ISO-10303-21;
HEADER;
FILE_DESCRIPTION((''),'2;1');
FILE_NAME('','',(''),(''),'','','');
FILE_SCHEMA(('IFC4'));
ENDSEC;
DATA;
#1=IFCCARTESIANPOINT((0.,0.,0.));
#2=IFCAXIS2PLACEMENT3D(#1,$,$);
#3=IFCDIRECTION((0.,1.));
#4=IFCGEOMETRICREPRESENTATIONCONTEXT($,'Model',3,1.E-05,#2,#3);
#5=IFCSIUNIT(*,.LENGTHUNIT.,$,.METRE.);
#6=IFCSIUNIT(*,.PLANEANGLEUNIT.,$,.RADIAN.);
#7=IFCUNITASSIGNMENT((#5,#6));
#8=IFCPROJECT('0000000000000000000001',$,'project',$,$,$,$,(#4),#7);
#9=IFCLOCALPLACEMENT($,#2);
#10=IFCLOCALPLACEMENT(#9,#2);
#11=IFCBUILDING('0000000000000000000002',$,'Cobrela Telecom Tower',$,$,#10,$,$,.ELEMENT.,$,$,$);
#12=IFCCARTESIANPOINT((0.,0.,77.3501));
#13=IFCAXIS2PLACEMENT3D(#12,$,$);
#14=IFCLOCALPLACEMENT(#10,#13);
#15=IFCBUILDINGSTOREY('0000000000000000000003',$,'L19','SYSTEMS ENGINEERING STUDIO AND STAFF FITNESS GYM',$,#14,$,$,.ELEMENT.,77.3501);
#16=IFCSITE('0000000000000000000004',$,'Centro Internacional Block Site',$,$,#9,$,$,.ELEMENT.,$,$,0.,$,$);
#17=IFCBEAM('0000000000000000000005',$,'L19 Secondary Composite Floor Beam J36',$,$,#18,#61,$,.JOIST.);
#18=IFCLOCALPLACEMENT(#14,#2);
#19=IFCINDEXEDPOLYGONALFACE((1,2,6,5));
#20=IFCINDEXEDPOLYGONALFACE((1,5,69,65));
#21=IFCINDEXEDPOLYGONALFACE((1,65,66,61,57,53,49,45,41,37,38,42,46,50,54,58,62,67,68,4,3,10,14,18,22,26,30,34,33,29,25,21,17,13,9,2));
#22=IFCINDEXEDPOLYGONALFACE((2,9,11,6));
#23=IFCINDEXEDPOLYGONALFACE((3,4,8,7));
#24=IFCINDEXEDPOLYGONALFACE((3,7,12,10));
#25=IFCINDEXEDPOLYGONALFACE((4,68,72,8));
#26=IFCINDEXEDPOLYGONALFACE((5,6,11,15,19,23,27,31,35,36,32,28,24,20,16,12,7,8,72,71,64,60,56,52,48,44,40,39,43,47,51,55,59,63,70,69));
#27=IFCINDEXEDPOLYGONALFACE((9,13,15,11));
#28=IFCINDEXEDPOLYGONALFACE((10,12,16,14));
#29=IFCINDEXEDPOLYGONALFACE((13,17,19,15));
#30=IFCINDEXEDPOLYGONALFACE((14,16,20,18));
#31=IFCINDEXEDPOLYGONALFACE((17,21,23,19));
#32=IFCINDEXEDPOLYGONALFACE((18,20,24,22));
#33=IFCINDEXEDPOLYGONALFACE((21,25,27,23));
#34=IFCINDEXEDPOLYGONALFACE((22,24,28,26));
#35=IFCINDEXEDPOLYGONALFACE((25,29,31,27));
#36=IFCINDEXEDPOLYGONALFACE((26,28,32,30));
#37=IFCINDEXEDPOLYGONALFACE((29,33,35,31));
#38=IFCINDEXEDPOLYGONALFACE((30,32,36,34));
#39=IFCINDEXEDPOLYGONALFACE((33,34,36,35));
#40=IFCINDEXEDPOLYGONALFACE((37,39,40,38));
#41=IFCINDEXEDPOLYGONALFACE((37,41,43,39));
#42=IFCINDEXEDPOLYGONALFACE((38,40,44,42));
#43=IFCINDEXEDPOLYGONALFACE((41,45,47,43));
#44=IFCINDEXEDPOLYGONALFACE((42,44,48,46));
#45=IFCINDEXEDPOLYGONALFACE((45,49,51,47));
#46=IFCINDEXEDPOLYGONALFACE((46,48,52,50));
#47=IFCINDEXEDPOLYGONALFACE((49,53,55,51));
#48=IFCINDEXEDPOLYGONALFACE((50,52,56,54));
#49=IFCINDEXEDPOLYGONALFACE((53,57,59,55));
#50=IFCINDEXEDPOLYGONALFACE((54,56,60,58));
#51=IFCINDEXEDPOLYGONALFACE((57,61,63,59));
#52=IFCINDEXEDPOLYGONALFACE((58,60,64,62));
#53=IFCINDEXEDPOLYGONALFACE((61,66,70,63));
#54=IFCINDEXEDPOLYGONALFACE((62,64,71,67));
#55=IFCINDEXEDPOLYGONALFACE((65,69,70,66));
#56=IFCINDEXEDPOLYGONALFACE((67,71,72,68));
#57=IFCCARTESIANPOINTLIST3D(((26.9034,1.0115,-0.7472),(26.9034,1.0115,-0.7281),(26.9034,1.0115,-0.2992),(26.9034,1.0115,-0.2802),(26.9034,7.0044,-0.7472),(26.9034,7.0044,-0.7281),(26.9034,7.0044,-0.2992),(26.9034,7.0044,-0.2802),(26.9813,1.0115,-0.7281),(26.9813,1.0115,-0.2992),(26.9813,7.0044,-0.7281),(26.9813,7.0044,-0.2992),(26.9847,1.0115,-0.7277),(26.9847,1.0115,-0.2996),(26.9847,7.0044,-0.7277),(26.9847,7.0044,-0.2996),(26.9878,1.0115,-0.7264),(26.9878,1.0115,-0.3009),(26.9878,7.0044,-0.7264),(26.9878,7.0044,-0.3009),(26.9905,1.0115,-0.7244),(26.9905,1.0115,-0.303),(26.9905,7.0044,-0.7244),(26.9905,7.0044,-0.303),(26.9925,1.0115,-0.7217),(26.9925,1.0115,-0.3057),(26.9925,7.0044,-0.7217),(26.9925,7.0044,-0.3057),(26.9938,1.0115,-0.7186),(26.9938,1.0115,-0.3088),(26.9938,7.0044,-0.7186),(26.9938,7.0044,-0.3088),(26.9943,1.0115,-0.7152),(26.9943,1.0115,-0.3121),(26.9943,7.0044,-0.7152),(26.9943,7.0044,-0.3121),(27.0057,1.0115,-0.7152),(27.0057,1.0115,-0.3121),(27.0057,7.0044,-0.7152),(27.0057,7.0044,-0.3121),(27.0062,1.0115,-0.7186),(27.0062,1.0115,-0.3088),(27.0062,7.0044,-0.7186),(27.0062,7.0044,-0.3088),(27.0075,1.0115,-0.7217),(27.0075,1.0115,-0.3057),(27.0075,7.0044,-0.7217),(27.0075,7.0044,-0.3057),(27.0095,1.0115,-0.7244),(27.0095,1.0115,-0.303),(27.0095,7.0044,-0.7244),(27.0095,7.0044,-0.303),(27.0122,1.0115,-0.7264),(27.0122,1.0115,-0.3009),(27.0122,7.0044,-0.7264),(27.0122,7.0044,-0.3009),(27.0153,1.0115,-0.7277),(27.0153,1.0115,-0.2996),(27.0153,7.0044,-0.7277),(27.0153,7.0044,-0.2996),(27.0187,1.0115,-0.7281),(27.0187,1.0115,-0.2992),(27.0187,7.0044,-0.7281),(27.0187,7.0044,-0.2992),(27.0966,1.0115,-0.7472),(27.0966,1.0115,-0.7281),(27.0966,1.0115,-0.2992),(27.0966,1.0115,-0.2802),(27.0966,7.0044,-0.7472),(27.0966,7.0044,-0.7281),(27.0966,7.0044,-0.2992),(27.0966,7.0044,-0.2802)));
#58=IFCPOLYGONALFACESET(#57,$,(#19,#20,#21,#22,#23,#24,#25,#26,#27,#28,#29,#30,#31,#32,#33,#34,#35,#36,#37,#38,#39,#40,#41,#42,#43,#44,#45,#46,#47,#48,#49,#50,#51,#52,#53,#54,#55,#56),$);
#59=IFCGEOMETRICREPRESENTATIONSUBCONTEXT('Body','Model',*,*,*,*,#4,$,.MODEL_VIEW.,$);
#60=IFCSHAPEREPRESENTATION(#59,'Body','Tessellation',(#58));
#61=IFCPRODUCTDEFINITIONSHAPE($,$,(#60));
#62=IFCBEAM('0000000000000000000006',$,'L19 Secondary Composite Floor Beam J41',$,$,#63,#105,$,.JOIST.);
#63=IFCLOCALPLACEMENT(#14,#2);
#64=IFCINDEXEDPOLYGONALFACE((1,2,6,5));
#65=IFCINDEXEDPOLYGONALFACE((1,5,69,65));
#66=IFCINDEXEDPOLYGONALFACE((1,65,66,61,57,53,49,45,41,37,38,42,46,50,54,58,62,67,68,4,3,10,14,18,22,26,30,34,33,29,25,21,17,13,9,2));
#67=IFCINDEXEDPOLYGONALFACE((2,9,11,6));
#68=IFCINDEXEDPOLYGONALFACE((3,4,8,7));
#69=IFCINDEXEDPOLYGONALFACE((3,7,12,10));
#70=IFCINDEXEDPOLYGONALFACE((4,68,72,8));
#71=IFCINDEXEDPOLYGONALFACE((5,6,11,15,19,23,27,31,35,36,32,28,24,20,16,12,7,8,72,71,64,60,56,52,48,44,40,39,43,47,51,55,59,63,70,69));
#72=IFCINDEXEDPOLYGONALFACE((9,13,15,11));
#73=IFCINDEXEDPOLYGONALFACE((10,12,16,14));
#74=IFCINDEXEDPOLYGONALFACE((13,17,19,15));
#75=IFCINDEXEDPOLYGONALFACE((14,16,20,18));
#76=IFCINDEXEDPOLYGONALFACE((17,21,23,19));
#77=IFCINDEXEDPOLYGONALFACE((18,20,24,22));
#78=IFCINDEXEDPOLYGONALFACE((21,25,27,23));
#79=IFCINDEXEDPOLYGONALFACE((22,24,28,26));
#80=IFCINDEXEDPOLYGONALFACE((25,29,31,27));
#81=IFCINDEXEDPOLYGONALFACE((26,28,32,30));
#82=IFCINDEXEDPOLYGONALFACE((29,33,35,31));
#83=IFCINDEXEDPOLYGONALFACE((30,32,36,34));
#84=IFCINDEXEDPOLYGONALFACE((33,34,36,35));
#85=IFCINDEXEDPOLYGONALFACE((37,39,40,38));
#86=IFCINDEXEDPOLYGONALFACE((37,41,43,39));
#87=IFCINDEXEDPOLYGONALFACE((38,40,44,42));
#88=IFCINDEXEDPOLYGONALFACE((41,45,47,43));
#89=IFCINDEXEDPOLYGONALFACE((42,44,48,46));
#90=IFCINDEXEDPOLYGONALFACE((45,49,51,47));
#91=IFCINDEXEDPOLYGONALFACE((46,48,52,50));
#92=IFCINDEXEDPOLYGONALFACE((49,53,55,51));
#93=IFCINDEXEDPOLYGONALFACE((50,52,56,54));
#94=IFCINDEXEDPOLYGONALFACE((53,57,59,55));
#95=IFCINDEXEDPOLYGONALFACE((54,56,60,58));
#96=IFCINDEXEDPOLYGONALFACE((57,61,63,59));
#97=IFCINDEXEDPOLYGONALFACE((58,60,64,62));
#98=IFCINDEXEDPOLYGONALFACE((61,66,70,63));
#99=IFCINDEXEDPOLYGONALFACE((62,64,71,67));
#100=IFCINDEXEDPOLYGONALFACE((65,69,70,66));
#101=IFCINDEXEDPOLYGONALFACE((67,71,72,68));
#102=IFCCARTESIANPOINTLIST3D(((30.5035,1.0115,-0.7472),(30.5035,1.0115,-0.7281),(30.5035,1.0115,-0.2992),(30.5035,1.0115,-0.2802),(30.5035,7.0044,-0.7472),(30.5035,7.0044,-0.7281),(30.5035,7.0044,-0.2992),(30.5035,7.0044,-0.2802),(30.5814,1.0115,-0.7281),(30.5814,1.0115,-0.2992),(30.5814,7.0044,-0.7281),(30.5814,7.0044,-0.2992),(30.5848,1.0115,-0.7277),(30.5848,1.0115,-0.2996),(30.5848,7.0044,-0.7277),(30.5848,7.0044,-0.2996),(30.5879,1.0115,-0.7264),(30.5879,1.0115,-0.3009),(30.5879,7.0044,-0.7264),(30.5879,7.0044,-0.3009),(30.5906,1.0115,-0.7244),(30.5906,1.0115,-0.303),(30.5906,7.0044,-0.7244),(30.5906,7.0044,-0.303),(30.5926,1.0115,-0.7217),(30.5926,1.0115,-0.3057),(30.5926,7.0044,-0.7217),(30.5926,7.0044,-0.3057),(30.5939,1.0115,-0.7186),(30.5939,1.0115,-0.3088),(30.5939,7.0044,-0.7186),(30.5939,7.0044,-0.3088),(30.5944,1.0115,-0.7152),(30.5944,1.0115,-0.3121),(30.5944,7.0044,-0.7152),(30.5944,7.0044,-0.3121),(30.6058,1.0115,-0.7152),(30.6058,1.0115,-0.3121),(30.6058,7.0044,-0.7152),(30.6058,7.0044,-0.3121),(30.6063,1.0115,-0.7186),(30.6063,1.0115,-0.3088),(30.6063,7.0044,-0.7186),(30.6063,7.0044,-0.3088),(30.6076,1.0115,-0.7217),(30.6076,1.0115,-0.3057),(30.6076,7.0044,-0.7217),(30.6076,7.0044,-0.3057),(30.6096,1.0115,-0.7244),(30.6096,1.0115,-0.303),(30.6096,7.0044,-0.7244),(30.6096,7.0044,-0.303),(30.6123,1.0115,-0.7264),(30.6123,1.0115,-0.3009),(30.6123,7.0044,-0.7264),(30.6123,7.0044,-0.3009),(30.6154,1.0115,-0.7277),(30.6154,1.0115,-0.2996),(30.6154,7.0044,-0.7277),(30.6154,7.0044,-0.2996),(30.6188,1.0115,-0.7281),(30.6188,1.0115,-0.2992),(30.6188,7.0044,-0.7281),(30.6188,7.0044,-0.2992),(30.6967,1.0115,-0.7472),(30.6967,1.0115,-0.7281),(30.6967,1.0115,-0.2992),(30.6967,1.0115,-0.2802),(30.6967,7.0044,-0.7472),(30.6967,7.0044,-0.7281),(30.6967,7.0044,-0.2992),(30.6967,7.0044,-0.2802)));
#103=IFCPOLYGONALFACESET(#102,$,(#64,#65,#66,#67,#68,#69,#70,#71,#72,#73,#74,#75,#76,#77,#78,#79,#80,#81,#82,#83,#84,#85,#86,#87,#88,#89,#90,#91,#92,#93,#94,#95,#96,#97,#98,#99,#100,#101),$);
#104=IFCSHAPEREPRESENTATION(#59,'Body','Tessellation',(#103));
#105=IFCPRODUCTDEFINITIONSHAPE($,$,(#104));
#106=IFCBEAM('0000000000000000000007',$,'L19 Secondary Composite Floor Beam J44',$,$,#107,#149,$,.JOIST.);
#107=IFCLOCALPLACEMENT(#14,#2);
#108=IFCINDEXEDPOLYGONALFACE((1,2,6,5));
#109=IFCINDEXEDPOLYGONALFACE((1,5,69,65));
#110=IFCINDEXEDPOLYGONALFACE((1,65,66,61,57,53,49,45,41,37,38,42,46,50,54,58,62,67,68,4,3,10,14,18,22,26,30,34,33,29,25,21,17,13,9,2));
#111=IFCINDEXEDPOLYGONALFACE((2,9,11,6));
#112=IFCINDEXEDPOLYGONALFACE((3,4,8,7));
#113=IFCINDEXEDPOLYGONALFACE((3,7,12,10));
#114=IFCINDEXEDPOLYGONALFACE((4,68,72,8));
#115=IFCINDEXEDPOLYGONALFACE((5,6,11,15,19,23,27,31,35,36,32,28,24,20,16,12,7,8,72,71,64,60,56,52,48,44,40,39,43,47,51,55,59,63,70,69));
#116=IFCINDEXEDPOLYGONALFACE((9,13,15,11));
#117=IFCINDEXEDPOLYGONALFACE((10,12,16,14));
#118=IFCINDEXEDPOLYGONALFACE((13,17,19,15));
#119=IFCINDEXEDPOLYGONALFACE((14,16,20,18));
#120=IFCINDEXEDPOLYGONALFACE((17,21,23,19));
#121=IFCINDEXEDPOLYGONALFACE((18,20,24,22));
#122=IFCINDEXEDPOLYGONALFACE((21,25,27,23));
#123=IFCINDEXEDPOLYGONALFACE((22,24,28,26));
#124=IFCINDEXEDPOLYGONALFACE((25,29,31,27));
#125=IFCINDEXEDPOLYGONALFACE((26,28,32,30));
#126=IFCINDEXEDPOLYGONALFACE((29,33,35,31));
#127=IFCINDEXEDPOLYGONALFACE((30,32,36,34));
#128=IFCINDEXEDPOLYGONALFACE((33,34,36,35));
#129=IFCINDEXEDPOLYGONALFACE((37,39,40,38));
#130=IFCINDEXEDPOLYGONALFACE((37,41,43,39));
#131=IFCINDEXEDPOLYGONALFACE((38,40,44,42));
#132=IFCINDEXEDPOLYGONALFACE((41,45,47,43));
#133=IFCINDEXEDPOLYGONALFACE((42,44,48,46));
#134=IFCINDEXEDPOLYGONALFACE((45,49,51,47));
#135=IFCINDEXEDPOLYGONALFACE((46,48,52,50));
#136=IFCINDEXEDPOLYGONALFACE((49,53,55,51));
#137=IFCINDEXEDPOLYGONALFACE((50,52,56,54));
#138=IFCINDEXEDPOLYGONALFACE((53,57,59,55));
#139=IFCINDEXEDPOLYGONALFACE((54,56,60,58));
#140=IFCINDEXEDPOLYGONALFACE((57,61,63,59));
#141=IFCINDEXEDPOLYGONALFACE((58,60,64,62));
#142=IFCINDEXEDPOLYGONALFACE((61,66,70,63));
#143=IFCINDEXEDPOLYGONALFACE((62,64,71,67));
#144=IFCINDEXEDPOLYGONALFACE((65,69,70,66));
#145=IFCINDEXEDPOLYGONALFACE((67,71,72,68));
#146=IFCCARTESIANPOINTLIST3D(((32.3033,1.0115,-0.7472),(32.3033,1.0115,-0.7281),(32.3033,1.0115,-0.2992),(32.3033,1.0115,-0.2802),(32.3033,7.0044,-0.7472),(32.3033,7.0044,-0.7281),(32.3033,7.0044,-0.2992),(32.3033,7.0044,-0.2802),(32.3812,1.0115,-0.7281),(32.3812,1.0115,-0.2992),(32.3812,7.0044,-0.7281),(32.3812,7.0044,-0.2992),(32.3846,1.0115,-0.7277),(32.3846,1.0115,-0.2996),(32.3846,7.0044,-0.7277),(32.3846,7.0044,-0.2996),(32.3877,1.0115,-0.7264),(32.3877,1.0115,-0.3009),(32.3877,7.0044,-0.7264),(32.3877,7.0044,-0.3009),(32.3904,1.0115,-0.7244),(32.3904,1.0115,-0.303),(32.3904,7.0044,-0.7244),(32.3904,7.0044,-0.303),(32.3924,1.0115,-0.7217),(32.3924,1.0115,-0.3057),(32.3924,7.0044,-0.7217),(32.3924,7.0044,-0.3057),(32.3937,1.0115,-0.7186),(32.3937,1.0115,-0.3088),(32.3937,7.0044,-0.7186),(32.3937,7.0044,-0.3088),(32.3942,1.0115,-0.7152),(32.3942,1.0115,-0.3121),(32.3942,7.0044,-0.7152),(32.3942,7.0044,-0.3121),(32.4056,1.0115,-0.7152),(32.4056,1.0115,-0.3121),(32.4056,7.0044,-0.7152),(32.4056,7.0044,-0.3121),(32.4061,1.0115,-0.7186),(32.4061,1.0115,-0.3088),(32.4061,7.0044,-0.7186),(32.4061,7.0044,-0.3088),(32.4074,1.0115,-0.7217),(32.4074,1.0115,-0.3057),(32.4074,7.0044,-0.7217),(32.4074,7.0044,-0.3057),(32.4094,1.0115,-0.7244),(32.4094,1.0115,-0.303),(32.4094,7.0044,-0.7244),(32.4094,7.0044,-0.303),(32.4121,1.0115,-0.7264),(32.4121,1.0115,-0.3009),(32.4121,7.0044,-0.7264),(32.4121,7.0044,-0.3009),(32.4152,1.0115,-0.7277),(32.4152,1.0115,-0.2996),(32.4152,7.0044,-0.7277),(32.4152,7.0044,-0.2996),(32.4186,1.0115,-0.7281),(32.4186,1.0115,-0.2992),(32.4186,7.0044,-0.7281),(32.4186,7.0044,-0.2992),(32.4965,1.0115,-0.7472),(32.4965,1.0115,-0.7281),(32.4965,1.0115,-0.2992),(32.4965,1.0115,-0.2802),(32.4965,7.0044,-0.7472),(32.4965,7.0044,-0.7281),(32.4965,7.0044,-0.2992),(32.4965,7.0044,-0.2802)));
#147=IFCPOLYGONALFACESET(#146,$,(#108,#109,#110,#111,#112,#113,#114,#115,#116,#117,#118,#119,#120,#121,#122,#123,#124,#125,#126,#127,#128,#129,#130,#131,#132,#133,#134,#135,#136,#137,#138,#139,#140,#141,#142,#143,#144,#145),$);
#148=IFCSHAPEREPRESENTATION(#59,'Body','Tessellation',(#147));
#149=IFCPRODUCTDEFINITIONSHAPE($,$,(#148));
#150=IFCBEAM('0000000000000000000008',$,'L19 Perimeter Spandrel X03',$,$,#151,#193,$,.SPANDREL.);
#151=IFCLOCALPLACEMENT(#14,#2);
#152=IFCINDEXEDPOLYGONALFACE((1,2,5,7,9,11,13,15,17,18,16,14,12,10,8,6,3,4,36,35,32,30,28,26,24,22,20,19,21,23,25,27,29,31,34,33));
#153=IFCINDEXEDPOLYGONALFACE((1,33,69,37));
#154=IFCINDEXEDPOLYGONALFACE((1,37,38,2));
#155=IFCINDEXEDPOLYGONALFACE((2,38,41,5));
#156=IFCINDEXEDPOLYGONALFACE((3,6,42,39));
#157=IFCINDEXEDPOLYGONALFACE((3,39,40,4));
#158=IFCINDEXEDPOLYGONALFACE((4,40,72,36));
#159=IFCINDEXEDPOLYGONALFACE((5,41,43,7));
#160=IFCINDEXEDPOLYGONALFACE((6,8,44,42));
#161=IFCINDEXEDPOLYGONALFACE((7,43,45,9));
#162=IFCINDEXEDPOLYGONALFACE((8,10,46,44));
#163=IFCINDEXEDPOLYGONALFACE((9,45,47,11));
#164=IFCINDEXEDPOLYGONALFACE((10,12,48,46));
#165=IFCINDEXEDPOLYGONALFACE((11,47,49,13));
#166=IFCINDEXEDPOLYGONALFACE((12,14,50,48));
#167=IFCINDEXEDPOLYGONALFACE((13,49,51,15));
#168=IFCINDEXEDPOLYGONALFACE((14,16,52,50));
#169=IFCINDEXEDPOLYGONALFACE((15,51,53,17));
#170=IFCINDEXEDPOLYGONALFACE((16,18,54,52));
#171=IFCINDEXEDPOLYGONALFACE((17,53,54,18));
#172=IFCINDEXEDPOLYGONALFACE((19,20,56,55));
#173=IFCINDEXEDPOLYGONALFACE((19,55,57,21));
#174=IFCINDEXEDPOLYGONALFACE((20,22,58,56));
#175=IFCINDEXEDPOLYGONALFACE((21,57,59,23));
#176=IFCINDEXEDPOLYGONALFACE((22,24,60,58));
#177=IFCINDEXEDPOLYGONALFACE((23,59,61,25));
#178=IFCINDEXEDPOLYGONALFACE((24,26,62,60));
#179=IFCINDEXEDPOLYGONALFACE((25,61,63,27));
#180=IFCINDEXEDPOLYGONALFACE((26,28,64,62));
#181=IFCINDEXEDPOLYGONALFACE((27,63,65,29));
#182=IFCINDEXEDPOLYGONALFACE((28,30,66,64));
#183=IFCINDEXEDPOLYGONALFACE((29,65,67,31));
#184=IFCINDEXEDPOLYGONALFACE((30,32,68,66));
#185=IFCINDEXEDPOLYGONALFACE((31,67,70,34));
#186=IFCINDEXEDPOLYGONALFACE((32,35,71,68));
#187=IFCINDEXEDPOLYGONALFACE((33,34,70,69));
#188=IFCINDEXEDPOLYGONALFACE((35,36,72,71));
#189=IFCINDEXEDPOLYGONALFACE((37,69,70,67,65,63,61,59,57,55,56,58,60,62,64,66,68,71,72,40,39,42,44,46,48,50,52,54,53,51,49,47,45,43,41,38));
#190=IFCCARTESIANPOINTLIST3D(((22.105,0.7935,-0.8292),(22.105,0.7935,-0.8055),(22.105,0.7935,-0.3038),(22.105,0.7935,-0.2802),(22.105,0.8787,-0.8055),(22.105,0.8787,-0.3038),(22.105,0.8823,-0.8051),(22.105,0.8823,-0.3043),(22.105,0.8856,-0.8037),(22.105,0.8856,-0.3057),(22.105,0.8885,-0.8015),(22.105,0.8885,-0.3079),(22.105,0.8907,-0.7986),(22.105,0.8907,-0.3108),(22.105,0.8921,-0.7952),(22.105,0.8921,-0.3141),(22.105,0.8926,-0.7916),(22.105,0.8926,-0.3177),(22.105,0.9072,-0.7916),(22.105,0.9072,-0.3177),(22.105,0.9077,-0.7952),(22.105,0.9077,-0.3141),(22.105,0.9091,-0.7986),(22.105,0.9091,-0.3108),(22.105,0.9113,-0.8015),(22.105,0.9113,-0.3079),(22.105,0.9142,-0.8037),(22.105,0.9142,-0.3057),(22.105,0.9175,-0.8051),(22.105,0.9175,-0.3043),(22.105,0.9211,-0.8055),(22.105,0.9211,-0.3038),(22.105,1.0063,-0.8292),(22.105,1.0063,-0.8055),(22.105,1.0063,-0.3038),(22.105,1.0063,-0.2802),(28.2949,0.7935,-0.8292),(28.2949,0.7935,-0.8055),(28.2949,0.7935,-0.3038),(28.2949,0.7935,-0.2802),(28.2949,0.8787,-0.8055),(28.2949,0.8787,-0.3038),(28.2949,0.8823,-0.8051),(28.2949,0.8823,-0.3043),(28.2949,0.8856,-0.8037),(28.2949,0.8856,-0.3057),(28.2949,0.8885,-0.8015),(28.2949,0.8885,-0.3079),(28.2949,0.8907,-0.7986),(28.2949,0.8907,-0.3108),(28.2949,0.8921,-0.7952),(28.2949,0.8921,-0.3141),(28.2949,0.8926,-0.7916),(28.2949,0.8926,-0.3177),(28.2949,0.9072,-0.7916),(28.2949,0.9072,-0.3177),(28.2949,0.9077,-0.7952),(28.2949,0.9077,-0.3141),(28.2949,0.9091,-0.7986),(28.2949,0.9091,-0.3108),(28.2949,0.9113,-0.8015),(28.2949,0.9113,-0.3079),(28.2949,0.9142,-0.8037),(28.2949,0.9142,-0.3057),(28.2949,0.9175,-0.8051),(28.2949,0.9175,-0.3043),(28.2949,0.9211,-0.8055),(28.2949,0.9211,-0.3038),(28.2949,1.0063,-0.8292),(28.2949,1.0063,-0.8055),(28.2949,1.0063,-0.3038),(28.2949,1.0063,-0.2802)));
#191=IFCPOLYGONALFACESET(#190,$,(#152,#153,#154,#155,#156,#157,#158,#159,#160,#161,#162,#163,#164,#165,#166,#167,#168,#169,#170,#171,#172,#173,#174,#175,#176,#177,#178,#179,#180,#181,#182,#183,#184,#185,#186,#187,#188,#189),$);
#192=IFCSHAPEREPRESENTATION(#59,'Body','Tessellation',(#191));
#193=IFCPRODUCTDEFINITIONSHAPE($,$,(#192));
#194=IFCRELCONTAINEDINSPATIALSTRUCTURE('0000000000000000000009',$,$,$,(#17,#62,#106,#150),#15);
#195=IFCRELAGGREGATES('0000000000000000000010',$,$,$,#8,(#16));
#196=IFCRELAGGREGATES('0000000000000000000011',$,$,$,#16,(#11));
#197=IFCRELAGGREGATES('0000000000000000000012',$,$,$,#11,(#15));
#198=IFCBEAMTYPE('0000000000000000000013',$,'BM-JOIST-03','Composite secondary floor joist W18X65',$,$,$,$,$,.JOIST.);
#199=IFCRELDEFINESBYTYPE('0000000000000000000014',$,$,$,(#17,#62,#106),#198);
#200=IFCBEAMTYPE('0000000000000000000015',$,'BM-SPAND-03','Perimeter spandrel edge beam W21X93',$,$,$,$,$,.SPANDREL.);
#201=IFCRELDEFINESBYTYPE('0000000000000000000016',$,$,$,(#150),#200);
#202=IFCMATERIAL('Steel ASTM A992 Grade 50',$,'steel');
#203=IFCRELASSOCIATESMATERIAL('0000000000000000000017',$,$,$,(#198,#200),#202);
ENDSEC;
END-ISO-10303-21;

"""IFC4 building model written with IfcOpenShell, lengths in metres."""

from ifc_helpers import new_model, si_unit, direction, frame, origin, origin_2d, place, context, subcontext, project, spatial, i_section, extrude, material, material_profile, profile_set, type_object, element, save


model = new_model("IFC4")

# Units and contexts
model_context = context("Model", 3, precision=1e-05, world=origin(), true_north=direction((0.0, 1.0)))
body_context = subcontext(model_context, "Body", "Model", "MODEL_VIEW")
ifc_project = project(units=[si_unit("LENGTHUNIT", "METRE"), si_unit("PLANEANGLEUNIT", "RADIAN")], contexts=[model_context])

# Site, building, storey
site_placement = place(None, origin())
site = spatial("IfcSite", under=ifc_project, at=site_placement, Name="Centro Internacional Block Site", CompositionType="ELEMENT", RefElevation=0.0)
building_placement = place(site_placement, origin())
building = spatial("IfcBuilding", under=site, at=building_placement, Name="Cobrela Telecom Tower", CompositionType="ELEMENT")
storey_placement = place(building_placement, frame((0.0, 0.0, 77.3501)))
storey = spatial("IfcBuildingStorey", under=building, at=storey_placement, Name="L19", Description="SYSTEMS ENGINEERING STUDIO AND STAFF FITNESS GYM", CompositionType="ELEMENT", Elevation=77.3501)

# Beams
ifc_material_1 = material(Name="Steel ASTM A992 Grade 50", Category="steel")
ifc_material_profile_1 = material_profile(ifc_material_1, i_section(OverallWidth=0.1931, OverallDepth=0.467, WebThickness=0.0115, FlangeThickness=0.019, FilletRadius=0.0129, at=origin_2d()), Name="W18X65")
ifc_profile_set_1 = profile_set([ifc_material_profile_1], Name="Steel ASTM A992 Grade 50")
beam_type_1 = type_object("IfcBeamType", Name="BM-JOIST-03", Description="Composite secondary floor joist W18X65", PredefinedType="JOIST", material=ifc_profile_set_1)
for number, where, z_axis, x_axis, name in (
    (1, (27.0, 1.0115, -0.5137), (0.0, 1.0, 0.0), (-1.0, 0.0, 0.0), "L19 Secondary Composite Floor Beam J36"),
    (2, (30.6001, 1.0115, -0.5137), (0.0, 1.0, 0.0), (-1.0, 0.0, 0.0), "L19 Secondary Composite Floor Beam J41"),
    (3, (32.3999, 1.0115, -0.5137), (0.0, 1.0, 0.0), (-1.0, 0.0, 0.0), "L19 Secondary Composite Floor Beam J44"),
):
    element("IfcBeam", number, at=place(storey_placement, frame(where, z_axis=z_axis, x_axis=x_axis)), inside=storey, type_object=beam_type_1, Name=name, PredefinedType="JOIST", context=body_context, shape_type="SweptSolid", body=[
        extrude(i_section(OverallWidth=0.1931, OverallDepth=0.467, WebThickness=0.0115, FlangeThickness=0.019, FilletRadius=0.0129, at=origin_2d()), origin(), (0.0, 0.0, 1.0), 5.9929),
    ])
ifc_material_profile_2 = material_profile(ifc_material_1, i_section(OverallWidth=0.2129, OverallDepth=0.5491, WebThickness=0.0146, FlangeThickness=0.0237, FilletRadius=0.0139, at=origin_2d()), Name="W21X93")
ifc_profile_set_2 = profile_set([ifc_material_profile_2], Name="Steel ASTM A992 Grade 50")
beam_type_2 = type_object("IfcBeamType", Name="BM-SPAND-03", Description="Perimeter spandrel edge beam W21X93", PredefinedType="SPANDREL", material=ifc_profile_set_2)
beam_1_placement = place(storey_placement, frame((22.105, 0.8999, -0.5547), z_axis=(1.0, 0.0, 0.0), x_axis=(0.0, 1.0, 0.0)))
element("IfcBeam", 4, at=beam_1_placement, inside=storey, type_object=beam_type_2, Name="L19 Perimeter Spandrel X03", PredefinedType="SPANDREL", context=body_context, shape_type="SweptSolid", body=[
    extrude(i_section(OverallWidth=0.2129, OverallDepth=0.5491, WebThickness=0.0146, FlangeThickness=0.0237, FilletRadius=0.0139, at=origin_2d()), origin(), (0.0, 0.0, 1.0), 6.1899),
])

save(model, "model.ifc")
